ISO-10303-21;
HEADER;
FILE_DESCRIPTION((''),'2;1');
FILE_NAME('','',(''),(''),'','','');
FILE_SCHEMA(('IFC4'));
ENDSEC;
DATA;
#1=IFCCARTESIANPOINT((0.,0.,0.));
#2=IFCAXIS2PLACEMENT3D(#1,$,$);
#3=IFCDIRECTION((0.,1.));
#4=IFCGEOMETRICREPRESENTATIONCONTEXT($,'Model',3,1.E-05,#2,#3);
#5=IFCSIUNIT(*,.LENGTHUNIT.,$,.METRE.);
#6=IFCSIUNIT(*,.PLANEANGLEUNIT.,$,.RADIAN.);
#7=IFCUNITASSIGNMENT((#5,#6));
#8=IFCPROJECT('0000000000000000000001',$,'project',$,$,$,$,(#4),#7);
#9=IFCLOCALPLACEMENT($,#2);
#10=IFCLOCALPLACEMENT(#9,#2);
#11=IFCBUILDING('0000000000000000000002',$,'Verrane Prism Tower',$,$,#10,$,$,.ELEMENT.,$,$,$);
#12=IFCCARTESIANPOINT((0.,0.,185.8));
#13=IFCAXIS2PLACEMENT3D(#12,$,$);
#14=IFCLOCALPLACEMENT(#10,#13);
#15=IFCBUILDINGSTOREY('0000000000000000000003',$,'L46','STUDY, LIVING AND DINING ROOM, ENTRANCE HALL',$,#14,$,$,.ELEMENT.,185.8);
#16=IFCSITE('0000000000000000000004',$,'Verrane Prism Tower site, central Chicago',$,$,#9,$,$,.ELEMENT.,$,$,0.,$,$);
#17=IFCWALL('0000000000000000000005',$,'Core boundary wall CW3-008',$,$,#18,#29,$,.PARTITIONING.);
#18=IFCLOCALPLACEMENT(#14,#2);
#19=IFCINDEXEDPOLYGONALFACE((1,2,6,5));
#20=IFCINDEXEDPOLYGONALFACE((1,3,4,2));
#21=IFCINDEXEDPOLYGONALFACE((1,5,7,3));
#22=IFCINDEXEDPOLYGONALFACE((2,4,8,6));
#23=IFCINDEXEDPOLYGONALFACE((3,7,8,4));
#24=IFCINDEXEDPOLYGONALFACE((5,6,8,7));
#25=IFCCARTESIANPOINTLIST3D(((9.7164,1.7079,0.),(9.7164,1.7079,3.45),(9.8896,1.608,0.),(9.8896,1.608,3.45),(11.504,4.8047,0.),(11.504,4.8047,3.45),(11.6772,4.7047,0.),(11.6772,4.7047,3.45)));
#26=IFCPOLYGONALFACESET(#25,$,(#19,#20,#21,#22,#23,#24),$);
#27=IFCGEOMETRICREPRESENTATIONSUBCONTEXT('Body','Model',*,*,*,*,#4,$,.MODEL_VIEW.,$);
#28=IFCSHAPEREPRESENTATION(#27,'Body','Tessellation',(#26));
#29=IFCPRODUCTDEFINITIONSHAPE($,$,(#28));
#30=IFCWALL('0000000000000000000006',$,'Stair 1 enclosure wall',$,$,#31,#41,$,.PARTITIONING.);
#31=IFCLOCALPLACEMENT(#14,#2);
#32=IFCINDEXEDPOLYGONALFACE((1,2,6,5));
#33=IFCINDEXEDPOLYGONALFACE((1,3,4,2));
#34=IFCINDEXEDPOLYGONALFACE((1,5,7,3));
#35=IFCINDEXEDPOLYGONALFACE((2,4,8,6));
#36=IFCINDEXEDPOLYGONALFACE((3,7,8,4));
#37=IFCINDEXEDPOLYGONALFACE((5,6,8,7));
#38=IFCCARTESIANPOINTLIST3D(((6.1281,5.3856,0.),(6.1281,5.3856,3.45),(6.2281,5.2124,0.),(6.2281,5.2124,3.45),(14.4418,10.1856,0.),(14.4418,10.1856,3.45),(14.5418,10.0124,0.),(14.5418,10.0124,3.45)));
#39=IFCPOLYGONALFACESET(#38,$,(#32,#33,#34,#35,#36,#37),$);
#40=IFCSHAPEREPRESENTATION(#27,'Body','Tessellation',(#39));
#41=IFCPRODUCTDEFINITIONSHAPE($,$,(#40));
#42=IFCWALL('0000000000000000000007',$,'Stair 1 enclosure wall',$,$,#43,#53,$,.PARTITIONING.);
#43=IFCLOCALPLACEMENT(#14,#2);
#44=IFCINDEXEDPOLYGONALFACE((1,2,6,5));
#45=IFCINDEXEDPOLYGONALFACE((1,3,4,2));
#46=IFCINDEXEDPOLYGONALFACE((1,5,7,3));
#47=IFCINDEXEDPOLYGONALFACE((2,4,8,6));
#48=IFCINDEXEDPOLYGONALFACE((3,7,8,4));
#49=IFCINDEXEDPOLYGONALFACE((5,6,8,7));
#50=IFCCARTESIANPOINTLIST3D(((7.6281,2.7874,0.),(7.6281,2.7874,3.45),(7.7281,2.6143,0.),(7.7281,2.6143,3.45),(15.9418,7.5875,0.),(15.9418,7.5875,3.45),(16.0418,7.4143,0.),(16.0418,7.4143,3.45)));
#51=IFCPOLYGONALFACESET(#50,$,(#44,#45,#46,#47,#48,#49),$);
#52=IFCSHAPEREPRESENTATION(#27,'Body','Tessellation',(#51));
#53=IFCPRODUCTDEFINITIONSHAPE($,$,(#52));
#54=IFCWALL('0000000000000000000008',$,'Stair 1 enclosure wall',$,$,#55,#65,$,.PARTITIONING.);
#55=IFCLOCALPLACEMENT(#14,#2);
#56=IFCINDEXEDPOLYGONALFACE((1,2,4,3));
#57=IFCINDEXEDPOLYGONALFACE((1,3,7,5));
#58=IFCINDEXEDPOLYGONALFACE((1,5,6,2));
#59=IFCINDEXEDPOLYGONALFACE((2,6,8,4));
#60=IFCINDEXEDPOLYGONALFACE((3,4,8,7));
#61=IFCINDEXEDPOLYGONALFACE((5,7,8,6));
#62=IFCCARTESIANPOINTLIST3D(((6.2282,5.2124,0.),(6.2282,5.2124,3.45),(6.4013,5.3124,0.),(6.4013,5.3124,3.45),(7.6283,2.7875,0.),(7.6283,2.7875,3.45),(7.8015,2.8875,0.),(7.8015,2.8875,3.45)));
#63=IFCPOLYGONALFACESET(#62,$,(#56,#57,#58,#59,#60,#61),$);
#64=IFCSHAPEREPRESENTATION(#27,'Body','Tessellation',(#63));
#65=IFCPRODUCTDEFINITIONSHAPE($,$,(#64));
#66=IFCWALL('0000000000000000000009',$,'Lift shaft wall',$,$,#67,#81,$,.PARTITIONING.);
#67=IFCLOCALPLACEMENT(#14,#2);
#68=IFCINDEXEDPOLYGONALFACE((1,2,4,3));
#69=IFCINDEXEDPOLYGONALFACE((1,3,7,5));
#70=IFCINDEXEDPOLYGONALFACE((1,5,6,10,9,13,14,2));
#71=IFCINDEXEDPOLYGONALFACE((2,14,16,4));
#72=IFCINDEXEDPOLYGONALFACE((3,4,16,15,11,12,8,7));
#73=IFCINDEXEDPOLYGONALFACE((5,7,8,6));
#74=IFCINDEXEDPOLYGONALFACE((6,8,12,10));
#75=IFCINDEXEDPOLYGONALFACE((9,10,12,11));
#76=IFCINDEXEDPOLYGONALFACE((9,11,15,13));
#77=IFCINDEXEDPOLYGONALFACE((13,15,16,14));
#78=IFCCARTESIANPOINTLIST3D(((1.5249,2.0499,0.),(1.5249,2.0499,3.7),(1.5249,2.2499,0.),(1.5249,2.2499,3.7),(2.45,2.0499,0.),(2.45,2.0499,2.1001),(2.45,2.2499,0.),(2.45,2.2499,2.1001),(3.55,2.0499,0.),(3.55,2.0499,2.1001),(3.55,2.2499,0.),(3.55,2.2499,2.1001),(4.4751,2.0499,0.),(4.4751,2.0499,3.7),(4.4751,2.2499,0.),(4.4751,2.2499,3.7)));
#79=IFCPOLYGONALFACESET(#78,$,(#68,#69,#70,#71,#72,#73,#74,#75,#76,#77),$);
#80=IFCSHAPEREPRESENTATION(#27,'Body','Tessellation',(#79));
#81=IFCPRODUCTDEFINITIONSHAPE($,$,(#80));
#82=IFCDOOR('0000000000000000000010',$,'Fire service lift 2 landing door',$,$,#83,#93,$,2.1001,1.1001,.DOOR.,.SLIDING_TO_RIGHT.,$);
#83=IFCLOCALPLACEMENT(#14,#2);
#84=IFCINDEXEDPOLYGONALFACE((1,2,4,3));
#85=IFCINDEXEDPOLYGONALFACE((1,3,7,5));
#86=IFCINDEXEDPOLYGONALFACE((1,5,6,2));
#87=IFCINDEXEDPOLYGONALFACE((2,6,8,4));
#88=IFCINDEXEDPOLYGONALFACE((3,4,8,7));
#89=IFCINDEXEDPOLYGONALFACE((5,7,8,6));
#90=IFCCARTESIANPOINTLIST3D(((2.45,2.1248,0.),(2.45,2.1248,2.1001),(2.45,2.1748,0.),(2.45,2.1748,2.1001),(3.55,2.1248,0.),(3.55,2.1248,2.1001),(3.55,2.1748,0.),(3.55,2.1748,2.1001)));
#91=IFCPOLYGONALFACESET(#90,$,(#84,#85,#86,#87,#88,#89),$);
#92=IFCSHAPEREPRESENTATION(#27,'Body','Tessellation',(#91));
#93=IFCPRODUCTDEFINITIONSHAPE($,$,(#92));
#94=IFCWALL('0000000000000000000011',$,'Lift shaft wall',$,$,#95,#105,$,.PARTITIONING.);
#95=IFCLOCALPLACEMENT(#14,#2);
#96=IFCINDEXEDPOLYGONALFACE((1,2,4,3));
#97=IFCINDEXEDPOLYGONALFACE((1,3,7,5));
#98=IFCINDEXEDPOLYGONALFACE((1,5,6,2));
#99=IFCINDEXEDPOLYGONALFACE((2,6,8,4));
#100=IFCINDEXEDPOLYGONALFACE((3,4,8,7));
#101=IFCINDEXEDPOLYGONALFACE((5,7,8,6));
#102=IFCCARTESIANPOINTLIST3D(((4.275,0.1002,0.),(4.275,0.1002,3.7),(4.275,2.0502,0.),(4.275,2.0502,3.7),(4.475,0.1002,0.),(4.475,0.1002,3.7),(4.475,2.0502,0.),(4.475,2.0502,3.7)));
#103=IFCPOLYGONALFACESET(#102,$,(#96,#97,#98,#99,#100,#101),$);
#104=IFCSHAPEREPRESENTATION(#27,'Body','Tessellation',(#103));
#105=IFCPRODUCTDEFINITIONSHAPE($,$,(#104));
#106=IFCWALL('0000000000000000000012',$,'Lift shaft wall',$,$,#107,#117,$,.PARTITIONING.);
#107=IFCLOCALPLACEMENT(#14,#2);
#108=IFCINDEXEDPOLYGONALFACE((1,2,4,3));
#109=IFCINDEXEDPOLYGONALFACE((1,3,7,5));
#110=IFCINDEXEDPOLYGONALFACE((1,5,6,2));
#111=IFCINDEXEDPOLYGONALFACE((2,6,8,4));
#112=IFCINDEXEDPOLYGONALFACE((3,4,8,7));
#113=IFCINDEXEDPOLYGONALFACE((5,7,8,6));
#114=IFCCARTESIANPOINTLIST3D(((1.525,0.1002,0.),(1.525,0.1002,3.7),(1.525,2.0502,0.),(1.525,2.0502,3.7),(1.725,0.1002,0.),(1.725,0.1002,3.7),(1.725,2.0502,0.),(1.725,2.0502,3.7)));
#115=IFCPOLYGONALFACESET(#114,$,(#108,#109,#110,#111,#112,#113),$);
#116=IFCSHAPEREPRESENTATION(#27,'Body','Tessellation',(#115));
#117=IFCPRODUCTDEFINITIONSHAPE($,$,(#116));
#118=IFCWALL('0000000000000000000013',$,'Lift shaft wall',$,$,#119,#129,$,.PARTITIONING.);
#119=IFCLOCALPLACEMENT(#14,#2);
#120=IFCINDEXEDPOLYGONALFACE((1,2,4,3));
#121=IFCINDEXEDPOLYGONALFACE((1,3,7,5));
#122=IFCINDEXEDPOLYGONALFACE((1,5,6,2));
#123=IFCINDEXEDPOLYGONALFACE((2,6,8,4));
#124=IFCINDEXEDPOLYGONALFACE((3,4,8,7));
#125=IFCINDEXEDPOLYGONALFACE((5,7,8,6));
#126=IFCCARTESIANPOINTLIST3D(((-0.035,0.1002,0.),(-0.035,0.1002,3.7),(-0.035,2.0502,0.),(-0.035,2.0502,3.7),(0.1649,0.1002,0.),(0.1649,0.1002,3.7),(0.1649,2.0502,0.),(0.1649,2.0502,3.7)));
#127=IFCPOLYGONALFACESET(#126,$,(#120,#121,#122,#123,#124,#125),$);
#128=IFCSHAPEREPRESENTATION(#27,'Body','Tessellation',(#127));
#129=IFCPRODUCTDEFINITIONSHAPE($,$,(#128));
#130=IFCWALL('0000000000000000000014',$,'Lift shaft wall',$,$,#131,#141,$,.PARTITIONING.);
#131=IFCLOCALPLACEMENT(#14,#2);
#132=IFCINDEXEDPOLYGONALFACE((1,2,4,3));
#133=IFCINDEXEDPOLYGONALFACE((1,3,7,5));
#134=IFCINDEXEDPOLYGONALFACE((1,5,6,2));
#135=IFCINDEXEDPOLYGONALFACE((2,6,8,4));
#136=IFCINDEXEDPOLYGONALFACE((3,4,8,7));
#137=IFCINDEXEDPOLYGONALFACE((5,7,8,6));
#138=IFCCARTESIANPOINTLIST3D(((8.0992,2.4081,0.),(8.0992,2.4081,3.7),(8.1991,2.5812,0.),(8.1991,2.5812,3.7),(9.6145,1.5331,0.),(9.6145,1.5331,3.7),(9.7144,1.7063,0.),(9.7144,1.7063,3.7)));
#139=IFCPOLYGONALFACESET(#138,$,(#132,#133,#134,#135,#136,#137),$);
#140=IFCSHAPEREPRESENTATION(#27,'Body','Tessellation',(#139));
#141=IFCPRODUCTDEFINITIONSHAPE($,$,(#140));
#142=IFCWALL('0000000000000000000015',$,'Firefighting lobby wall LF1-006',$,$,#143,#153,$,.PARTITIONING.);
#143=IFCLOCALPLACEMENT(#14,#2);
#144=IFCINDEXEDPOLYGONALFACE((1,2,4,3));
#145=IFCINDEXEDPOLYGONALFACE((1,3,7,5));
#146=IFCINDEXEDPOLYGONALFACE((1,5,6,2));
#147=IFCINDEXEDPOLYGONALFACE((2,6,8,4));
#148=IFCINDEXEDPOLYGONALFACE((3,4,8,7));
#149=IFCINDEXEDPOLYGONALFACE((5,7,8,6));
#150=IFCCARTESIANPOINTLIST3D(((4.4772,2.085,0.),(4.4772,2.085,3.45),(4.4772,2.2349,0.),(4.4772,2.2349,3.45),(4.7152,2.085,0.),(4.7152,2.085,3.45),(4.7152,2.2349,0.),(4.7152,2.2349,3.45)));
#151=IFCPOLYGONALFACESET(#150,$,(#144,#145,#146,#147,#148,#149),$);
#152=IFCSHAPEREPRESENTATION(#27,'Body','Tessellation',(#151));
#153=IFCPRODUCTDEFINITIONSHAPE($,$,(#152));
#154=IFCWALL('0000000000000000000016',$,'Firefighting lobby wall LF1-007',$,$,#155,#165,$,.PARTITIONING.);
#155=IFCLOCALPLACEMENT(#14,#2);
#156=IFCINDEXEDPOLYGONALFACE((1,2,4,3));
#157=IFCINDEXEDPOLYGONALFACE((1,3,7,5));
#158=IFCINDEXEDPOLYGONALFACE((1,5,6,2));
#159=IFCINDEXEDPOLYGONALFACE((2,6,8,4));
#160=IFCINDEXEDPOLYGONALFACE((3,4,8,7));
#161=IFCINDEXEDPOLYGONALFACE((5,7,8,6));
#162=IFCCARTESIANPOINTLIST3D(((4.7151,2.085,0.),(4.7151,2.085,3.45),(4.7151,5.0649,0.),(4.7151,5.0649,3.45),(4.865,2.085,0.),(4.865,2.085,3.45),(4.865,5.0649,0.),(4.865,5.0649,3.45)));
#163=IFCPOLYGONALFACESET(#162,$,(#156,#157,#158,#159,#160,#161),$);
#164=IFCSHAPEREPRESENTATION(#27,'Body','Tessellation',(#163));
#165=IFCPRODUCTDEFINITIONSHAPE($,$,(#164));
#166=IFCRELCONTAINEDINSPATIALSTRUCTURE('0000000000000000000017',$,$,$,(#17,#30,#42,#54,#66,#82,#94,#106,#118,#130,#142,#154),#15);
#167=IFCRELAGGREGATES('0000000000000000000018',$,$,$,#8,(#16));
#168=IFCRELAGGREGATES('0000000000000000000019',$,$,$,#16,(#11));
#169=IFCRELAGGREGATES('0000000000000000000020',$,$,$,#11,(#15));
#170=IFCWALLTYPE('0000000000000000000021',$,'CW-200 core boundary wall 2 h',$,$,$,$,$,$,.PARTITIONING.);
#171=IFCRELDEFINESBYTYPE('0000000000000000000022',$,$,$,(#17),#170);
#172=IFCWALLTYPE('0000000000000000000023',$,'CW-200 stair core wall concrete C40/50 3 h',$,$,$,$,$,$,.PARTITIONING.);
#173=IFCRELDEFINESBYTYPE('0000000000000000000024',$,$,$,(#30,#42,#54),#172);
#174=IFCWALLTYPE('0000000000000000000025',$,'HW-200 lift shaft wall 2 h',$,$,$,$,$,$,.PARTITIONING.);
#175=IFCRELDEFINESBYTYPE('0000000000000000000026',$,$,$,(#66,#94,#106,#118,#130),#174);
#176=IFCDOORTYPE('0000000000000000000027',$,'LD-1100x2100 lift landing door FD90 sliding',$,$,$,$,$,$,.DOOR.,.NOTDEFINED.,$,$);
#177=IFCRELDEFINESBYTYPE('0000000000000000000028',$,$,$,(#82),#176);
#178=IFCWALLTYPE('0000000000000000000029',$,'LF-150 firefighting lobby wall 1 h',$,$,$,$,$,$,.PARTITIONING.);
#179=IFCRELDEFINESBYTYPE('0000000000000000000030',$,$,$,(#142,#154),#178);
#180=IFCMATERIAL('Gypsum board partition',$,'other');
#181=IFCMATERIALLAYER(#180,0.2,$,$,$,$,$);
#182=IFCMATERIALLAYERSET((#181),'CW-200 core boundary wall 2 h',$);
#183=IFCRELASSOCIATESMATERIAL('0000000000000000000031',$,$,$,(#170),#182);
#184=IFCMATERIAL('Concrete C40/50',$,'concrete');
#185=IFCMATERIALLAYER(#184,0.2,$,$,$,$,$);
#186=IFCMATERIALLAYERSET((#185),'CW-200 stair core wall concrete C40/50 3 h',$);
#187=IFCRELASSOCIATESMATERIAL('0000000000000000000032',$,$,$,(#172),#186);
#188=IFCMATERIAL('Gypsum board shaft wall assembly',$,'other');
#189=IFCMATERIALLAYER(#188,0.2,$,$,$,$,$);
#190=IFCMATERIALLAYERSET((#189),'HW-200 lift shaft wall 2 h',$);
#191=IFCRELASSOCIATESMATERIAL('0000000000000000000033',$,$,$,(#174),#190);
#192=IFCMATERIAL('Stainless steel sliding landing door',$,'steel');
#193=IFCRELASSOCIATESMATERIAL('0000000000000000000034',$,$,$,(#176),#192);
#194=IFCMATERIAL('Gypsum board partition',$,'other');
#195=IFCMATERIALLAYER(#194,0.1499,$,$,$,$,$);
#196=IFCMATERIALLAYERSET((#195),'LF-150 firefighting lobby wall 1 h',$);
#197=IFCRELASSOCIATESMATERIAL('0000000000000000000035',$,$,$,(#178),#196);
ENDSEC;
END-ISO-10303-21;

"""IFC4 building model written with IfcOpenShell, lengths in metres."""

from ifc_helpers import new_model, si_unit, direction, frame, frame_2d, origin, place, context, subcontext, project, spatial, rectangle, extrude, material, layer, layer_set, type_object, element, fill, save


model = new_model("IFC4")

# Units and contexts
model_context = context("Model", 3, precision=1e-05, world=origin(), true_north=direction((0.0, 1.0)))
body_context = subcontext(model_context, "Body", "Model", "MODEL_VIEW")
ifc_project = project(units=[si_unit("LENGTHUNIT", "METRE"), si_unit("PLANEANGLEUNIT", "RADIAN")], contexts=[model_context])

# Site, building, storey
site_placement = place(None, origin())
site = spatial("IfcSite", under=ifc_project, at=site_placement, Name="Verrane Prism Tower site, central Chicago", CompositionType="ELEMENT", RefElevation=0.0)
building_placement = place(site_placement, origin())
building = spatial("IfcBuilding", under=site, at=building_placement, Name="Verrane Prism Tower", CompositionType="ELEMENT")
storey_placement = place(building_placement, frame((0.0, 0.0, 185.8)))
storey = spatial("IfcBuildingStorey", under=building, at=storey_placement, Name="L46", Description="STUDY, LIVING AND DINING ROOM, ENTRANCE HALL", CompositionType="ELEMENT", Elevation=185.8)

# Walls
ifc_material_1 = material(Name="Gypsum board partition", Category="other")
ifc_layer_1 = layer(ifc_material_1, 0.2)
ifc_layer_set_1 = layer_set([ifc_layer_1], Name="CW-200 core boundary wall 2 h")
wall_type_1 = type_object("IfcWallType", Name="CW-200 core boundary wall 2 h", PredefinedType="PARTITIONING", material=ifc_layer_set_1)
wall_1_placement = place(storey_placement, frame((9.803, 1.658, 0.0), z_axis=(0.0, 0.0, 1.0), x_axis=(0.499943, 0.866058, 0.0)))
element("IfcWall", 1, at=wall_1_placement, inside=storey, type_object=wall_type_1, Name="Core boundary wall CW3-008", PredefinedType="PARTITIONING", context=body_context, shape_type="SweptSolid", body=[
    extrude(rectangle(XDim=3.5757, YDim=0.2, at=frame_2d((1.7878, 0.0))), origin(), (0.0, 0.0, 1.0), 3.45),
])
ifc_material_2 = material(Name="Concrete C40/50", Category="concrete")
ifc_layer_2 = layer(ifc_material_2, 0.2)
ifc_layer_set_2 = layer_set([ifc_layer_2], Name="CW-200 stair core wall concrete C40/50 3 h")
wall_type_2 = type_object("IfcWallType", Name="CW-200 stair core wall concrete C40/50 3 h", PredefinedType="PARTITIONING", material=ifc_layer_set_2)
for number, where, z_axis, x_axis, name in (
    (2, (6.1782, 5.2991, 0.0), (0.0, 0.0, 1.0), (0.86602, 0.500009, 0.0), "Stair 1 enclosure wall"),
    (3, (7.6782, 2.7009, 0.0), (0.0, 0.0, 1.0), (0.86602, 0.500009, 0.0), "Stair 1 enclosure wall"),
):
    element("IfcWall", number, at=place(storey_placement, frame(where, z_axis=z_axis, x_axis=x_axis)), inside=storey, type_object=wall_type_2, Name=name, PredefinedType="PARTITIONING", context=body_context, shape_type="SweptSolid", body=[
        extrude(rectangle(XDim=9.5999, YDim=0.2, at=frame_2d((4.7998, 0.0))), origin(), (0.0, 0.0, 1.0), 3.45),
    ])
wall_2_placement = place(storey_placement, frame((7.7148, 2.8376, 0.0), z_axis=(0.0, 0.0, 1.0), x_axis=(-0.50005, 0.865997, 0.0)))
element("IfcWall", 4, at=wall_2_placement, inside=storey, type_object=wall_type_2, Name="Stair 1 enclosure wall", PredefinedType="PARTITIONING", context=body_context, shape_type="SweptSolid", body=[
    extrude(rectangle(XDim=2.8, YDim=0.2, at=frame_2d((1.3999, 0.0))), origin(), (0.0, 0.0, 1.0), 3.45),
])

# Wall, opening, door
ifc_material_3 = material(Name="Gypsum board shaft wall assembly", Category="other")
ifc_layer_3 = layer(ifc_material_3, 0.2)
ifc_layer_set_3 = layer_set([ifc_layer_3], Name="HW-200 lift shaft wall 2 h")
wall_type_3 = type_object("IfcWallType", Name="HW-200 lift shaft wall 2 h", PredefinedType="PARTITIONING", material=ifc_layer_set_3)
wall_3_placement = place(storey_placement, frame((1.5249, 2.1499, 0.0), z_axis=(0.0, 0.0, 1.0), x_axis=(1.0, 0.0, 0.0)))
wall_3 = element("IfcWall", 5, at=wall_3_placement, inside=storey, type_object=wall_type_3, Name="Lift shaft wall", PredefinedType="PARTITIONING", context=body_context, shape_type="SweptSolid", body=[
    extrude(rectangle(XDim=2.9502, YDim=0.2, at=frame_2d((1.4751, 0.0))), origin(), (0.0, 0.0, 1.0), 3.7),
])
opening_1_placement = place(wall_3_placement, frame((0.925, 0.0, 0.0)))
opening_1 = element("IfcOpeningElement", 6, at=opening_1_placement, cuts=wall_3, PredefinedType="OPENING", context=body_context, shape_type="SweptSolid", body=[
    extrude(rectangle(XDim=1.1001, YDim=2.1001, at=frame_2d((0.55, 1.05))), frame((0.0, 0.1099, 0.0), z_axis=(0.0, -1.0, 0.0), x_axis=(1.0, 0.0, 0.0)), (0.0, 0.0, 1.0), 0.22),
])
ifc_material_4 = material(Name="Stainless steel sliding landing door", Category="steel")
door_type_1 = type_object("IfcDoorType", Name="LD-1100x2100 lift landing door FD90 sliding", OperationType="NOTDEFINED", PredefinedType="DOOR", material=ifc_material_4)
door_1_placement = place(opening_1_placement, origin())
door_1 = element("IfcDoor", 7, at=door_1_placement, inside=storey, type_object=door_type_1, Name="Fire service lift 2 landing door", OperationType="SLIDING_TO_RIGHT", OverallHeight=2.1001, OverallWidth=1.1001, PredefinedType="DOOR", context=body_context, shape_type="SweptSolid", body=[
    extrude(rectangle(XDim=1.1001, YDim=2.1001, at=frame_2d((0.55, 1.05))), frame((0.0, 0.0249, 0.0), z_axis=(0.0, -1.0, 0.0), x_axis=(1.0, 0.0, 0.0)), (0.0, 0.0, 1.0), 0.05),
])
fill(opening_1, door_1)

# Walls
for number, where, z_axis, x_axis, name in (
    (8, (4.375, 0.1001, 0.0), (0.0, 0.0, 1.0), (0.0, 1.0, 0.0), "Lift shaft wall"),
    (9, (1.625, 0.1001, 0.0), (0.0, 0.0, 1.0), (0.0, 1.0, 0.0), "Lift shaft wall"),
    (10, (0.0649, 0.1001, 0.0), (0.0, 0.0, 1.0), (0.0, 1.0, 0.0), "Lift shaft wall"),
):
    element("IfcWall", number, at=place(storey_placement, frame(where, z_axis=z_axis, x_axis=x_axis)), inside=storey, type_object=wall_type_3, Name=name, PredefinedType="PARTITIONING", context=body_context, shape_type="SweptSolid", body=[
        extrude(rectangle(XDim=1.95, YDim=0.2, at=frame_2d((0.9751, 0.0))), origin(), (0.0, 0.0, 1.0), 3.7),
    ])
wall_4_placement = place(storey_placement, frame((9.6646, 1.6196, 0.0), z_axis=(0.0, 0.0, 1.0), x_axis=(-0.866002, 0.50004, 0.0)))
element("IfcWall", 11, at=wall_4_placement, inside=storey, type_object=wall_type_3, Name="Lift shaft wall", PredefinedType="PARTITIONING", context=body_context, shape_type="SweptSolid", body=[
    extrude(rectangle(XDim=1.7498, YDim=0.2, at=frame_2d((0.875, 0.0))), origin(), (0.0, 0.0, 1.0), 3.7),
])
ifc_material_5 = material(Name="Gypsum board partition", Category="other")
ifc_layer_4 = layer(ifc_material_5, 0.1499)
ifc_layer_set_4 = layer_set([ifc_layer_4], Name="LF-150 firefighting lobby wall 1 h")
wall_type_4 = type_object("IfcWallType", Name="LF-150 firefighting lobby wall 1 h", PredefinedType="PARTITIONING", material=ifc_layer_set_4)
wall_5_placement = place(storey_placement, frame((4.4771, 2.1599, 0.0), z_axis=(0.0, 0.0, 1.0), x_axis=(1.0, 0.0, 0.0)))
element("IfcWall", 12, at=wall_5_placement, inside=storey, type_object=wall_type_4, Name="Firefighting lobby wall LF1-006", PredefinedType="PARTITIONING", context=body_context, shape_type="SweptSolid", body=[
    extrude(rectangle(XDim=0.238, YDim=0.1499, at=frame_2d((0.1191, 0.0))), origin(), (0.0, 0.0, 1.0), 3.45),
])
wall_6_placement = place(storey_placement, frame((4.79, 2.085, 0.0), z_axis=(0.0, 0.0, 1.0), x_axis=(0.0, 1.0, 0.0)))
element("IfcWall", 13, at=wall_6_placement, inside=storey, type_object=wall_type_4, Name="Firefighting lobby wall LF1-007", PredefinedType="PARTITIONING", context=body_context, shape_type="SweptSolid", body=[
    extrude(rectangle(XDim=2.98, YDim=0.1499, at=frame_2d((1.49, 0.0))), origin(), (0.0, 0.0, 1.0), 3.45),
])

save(model, "model.ifc")
